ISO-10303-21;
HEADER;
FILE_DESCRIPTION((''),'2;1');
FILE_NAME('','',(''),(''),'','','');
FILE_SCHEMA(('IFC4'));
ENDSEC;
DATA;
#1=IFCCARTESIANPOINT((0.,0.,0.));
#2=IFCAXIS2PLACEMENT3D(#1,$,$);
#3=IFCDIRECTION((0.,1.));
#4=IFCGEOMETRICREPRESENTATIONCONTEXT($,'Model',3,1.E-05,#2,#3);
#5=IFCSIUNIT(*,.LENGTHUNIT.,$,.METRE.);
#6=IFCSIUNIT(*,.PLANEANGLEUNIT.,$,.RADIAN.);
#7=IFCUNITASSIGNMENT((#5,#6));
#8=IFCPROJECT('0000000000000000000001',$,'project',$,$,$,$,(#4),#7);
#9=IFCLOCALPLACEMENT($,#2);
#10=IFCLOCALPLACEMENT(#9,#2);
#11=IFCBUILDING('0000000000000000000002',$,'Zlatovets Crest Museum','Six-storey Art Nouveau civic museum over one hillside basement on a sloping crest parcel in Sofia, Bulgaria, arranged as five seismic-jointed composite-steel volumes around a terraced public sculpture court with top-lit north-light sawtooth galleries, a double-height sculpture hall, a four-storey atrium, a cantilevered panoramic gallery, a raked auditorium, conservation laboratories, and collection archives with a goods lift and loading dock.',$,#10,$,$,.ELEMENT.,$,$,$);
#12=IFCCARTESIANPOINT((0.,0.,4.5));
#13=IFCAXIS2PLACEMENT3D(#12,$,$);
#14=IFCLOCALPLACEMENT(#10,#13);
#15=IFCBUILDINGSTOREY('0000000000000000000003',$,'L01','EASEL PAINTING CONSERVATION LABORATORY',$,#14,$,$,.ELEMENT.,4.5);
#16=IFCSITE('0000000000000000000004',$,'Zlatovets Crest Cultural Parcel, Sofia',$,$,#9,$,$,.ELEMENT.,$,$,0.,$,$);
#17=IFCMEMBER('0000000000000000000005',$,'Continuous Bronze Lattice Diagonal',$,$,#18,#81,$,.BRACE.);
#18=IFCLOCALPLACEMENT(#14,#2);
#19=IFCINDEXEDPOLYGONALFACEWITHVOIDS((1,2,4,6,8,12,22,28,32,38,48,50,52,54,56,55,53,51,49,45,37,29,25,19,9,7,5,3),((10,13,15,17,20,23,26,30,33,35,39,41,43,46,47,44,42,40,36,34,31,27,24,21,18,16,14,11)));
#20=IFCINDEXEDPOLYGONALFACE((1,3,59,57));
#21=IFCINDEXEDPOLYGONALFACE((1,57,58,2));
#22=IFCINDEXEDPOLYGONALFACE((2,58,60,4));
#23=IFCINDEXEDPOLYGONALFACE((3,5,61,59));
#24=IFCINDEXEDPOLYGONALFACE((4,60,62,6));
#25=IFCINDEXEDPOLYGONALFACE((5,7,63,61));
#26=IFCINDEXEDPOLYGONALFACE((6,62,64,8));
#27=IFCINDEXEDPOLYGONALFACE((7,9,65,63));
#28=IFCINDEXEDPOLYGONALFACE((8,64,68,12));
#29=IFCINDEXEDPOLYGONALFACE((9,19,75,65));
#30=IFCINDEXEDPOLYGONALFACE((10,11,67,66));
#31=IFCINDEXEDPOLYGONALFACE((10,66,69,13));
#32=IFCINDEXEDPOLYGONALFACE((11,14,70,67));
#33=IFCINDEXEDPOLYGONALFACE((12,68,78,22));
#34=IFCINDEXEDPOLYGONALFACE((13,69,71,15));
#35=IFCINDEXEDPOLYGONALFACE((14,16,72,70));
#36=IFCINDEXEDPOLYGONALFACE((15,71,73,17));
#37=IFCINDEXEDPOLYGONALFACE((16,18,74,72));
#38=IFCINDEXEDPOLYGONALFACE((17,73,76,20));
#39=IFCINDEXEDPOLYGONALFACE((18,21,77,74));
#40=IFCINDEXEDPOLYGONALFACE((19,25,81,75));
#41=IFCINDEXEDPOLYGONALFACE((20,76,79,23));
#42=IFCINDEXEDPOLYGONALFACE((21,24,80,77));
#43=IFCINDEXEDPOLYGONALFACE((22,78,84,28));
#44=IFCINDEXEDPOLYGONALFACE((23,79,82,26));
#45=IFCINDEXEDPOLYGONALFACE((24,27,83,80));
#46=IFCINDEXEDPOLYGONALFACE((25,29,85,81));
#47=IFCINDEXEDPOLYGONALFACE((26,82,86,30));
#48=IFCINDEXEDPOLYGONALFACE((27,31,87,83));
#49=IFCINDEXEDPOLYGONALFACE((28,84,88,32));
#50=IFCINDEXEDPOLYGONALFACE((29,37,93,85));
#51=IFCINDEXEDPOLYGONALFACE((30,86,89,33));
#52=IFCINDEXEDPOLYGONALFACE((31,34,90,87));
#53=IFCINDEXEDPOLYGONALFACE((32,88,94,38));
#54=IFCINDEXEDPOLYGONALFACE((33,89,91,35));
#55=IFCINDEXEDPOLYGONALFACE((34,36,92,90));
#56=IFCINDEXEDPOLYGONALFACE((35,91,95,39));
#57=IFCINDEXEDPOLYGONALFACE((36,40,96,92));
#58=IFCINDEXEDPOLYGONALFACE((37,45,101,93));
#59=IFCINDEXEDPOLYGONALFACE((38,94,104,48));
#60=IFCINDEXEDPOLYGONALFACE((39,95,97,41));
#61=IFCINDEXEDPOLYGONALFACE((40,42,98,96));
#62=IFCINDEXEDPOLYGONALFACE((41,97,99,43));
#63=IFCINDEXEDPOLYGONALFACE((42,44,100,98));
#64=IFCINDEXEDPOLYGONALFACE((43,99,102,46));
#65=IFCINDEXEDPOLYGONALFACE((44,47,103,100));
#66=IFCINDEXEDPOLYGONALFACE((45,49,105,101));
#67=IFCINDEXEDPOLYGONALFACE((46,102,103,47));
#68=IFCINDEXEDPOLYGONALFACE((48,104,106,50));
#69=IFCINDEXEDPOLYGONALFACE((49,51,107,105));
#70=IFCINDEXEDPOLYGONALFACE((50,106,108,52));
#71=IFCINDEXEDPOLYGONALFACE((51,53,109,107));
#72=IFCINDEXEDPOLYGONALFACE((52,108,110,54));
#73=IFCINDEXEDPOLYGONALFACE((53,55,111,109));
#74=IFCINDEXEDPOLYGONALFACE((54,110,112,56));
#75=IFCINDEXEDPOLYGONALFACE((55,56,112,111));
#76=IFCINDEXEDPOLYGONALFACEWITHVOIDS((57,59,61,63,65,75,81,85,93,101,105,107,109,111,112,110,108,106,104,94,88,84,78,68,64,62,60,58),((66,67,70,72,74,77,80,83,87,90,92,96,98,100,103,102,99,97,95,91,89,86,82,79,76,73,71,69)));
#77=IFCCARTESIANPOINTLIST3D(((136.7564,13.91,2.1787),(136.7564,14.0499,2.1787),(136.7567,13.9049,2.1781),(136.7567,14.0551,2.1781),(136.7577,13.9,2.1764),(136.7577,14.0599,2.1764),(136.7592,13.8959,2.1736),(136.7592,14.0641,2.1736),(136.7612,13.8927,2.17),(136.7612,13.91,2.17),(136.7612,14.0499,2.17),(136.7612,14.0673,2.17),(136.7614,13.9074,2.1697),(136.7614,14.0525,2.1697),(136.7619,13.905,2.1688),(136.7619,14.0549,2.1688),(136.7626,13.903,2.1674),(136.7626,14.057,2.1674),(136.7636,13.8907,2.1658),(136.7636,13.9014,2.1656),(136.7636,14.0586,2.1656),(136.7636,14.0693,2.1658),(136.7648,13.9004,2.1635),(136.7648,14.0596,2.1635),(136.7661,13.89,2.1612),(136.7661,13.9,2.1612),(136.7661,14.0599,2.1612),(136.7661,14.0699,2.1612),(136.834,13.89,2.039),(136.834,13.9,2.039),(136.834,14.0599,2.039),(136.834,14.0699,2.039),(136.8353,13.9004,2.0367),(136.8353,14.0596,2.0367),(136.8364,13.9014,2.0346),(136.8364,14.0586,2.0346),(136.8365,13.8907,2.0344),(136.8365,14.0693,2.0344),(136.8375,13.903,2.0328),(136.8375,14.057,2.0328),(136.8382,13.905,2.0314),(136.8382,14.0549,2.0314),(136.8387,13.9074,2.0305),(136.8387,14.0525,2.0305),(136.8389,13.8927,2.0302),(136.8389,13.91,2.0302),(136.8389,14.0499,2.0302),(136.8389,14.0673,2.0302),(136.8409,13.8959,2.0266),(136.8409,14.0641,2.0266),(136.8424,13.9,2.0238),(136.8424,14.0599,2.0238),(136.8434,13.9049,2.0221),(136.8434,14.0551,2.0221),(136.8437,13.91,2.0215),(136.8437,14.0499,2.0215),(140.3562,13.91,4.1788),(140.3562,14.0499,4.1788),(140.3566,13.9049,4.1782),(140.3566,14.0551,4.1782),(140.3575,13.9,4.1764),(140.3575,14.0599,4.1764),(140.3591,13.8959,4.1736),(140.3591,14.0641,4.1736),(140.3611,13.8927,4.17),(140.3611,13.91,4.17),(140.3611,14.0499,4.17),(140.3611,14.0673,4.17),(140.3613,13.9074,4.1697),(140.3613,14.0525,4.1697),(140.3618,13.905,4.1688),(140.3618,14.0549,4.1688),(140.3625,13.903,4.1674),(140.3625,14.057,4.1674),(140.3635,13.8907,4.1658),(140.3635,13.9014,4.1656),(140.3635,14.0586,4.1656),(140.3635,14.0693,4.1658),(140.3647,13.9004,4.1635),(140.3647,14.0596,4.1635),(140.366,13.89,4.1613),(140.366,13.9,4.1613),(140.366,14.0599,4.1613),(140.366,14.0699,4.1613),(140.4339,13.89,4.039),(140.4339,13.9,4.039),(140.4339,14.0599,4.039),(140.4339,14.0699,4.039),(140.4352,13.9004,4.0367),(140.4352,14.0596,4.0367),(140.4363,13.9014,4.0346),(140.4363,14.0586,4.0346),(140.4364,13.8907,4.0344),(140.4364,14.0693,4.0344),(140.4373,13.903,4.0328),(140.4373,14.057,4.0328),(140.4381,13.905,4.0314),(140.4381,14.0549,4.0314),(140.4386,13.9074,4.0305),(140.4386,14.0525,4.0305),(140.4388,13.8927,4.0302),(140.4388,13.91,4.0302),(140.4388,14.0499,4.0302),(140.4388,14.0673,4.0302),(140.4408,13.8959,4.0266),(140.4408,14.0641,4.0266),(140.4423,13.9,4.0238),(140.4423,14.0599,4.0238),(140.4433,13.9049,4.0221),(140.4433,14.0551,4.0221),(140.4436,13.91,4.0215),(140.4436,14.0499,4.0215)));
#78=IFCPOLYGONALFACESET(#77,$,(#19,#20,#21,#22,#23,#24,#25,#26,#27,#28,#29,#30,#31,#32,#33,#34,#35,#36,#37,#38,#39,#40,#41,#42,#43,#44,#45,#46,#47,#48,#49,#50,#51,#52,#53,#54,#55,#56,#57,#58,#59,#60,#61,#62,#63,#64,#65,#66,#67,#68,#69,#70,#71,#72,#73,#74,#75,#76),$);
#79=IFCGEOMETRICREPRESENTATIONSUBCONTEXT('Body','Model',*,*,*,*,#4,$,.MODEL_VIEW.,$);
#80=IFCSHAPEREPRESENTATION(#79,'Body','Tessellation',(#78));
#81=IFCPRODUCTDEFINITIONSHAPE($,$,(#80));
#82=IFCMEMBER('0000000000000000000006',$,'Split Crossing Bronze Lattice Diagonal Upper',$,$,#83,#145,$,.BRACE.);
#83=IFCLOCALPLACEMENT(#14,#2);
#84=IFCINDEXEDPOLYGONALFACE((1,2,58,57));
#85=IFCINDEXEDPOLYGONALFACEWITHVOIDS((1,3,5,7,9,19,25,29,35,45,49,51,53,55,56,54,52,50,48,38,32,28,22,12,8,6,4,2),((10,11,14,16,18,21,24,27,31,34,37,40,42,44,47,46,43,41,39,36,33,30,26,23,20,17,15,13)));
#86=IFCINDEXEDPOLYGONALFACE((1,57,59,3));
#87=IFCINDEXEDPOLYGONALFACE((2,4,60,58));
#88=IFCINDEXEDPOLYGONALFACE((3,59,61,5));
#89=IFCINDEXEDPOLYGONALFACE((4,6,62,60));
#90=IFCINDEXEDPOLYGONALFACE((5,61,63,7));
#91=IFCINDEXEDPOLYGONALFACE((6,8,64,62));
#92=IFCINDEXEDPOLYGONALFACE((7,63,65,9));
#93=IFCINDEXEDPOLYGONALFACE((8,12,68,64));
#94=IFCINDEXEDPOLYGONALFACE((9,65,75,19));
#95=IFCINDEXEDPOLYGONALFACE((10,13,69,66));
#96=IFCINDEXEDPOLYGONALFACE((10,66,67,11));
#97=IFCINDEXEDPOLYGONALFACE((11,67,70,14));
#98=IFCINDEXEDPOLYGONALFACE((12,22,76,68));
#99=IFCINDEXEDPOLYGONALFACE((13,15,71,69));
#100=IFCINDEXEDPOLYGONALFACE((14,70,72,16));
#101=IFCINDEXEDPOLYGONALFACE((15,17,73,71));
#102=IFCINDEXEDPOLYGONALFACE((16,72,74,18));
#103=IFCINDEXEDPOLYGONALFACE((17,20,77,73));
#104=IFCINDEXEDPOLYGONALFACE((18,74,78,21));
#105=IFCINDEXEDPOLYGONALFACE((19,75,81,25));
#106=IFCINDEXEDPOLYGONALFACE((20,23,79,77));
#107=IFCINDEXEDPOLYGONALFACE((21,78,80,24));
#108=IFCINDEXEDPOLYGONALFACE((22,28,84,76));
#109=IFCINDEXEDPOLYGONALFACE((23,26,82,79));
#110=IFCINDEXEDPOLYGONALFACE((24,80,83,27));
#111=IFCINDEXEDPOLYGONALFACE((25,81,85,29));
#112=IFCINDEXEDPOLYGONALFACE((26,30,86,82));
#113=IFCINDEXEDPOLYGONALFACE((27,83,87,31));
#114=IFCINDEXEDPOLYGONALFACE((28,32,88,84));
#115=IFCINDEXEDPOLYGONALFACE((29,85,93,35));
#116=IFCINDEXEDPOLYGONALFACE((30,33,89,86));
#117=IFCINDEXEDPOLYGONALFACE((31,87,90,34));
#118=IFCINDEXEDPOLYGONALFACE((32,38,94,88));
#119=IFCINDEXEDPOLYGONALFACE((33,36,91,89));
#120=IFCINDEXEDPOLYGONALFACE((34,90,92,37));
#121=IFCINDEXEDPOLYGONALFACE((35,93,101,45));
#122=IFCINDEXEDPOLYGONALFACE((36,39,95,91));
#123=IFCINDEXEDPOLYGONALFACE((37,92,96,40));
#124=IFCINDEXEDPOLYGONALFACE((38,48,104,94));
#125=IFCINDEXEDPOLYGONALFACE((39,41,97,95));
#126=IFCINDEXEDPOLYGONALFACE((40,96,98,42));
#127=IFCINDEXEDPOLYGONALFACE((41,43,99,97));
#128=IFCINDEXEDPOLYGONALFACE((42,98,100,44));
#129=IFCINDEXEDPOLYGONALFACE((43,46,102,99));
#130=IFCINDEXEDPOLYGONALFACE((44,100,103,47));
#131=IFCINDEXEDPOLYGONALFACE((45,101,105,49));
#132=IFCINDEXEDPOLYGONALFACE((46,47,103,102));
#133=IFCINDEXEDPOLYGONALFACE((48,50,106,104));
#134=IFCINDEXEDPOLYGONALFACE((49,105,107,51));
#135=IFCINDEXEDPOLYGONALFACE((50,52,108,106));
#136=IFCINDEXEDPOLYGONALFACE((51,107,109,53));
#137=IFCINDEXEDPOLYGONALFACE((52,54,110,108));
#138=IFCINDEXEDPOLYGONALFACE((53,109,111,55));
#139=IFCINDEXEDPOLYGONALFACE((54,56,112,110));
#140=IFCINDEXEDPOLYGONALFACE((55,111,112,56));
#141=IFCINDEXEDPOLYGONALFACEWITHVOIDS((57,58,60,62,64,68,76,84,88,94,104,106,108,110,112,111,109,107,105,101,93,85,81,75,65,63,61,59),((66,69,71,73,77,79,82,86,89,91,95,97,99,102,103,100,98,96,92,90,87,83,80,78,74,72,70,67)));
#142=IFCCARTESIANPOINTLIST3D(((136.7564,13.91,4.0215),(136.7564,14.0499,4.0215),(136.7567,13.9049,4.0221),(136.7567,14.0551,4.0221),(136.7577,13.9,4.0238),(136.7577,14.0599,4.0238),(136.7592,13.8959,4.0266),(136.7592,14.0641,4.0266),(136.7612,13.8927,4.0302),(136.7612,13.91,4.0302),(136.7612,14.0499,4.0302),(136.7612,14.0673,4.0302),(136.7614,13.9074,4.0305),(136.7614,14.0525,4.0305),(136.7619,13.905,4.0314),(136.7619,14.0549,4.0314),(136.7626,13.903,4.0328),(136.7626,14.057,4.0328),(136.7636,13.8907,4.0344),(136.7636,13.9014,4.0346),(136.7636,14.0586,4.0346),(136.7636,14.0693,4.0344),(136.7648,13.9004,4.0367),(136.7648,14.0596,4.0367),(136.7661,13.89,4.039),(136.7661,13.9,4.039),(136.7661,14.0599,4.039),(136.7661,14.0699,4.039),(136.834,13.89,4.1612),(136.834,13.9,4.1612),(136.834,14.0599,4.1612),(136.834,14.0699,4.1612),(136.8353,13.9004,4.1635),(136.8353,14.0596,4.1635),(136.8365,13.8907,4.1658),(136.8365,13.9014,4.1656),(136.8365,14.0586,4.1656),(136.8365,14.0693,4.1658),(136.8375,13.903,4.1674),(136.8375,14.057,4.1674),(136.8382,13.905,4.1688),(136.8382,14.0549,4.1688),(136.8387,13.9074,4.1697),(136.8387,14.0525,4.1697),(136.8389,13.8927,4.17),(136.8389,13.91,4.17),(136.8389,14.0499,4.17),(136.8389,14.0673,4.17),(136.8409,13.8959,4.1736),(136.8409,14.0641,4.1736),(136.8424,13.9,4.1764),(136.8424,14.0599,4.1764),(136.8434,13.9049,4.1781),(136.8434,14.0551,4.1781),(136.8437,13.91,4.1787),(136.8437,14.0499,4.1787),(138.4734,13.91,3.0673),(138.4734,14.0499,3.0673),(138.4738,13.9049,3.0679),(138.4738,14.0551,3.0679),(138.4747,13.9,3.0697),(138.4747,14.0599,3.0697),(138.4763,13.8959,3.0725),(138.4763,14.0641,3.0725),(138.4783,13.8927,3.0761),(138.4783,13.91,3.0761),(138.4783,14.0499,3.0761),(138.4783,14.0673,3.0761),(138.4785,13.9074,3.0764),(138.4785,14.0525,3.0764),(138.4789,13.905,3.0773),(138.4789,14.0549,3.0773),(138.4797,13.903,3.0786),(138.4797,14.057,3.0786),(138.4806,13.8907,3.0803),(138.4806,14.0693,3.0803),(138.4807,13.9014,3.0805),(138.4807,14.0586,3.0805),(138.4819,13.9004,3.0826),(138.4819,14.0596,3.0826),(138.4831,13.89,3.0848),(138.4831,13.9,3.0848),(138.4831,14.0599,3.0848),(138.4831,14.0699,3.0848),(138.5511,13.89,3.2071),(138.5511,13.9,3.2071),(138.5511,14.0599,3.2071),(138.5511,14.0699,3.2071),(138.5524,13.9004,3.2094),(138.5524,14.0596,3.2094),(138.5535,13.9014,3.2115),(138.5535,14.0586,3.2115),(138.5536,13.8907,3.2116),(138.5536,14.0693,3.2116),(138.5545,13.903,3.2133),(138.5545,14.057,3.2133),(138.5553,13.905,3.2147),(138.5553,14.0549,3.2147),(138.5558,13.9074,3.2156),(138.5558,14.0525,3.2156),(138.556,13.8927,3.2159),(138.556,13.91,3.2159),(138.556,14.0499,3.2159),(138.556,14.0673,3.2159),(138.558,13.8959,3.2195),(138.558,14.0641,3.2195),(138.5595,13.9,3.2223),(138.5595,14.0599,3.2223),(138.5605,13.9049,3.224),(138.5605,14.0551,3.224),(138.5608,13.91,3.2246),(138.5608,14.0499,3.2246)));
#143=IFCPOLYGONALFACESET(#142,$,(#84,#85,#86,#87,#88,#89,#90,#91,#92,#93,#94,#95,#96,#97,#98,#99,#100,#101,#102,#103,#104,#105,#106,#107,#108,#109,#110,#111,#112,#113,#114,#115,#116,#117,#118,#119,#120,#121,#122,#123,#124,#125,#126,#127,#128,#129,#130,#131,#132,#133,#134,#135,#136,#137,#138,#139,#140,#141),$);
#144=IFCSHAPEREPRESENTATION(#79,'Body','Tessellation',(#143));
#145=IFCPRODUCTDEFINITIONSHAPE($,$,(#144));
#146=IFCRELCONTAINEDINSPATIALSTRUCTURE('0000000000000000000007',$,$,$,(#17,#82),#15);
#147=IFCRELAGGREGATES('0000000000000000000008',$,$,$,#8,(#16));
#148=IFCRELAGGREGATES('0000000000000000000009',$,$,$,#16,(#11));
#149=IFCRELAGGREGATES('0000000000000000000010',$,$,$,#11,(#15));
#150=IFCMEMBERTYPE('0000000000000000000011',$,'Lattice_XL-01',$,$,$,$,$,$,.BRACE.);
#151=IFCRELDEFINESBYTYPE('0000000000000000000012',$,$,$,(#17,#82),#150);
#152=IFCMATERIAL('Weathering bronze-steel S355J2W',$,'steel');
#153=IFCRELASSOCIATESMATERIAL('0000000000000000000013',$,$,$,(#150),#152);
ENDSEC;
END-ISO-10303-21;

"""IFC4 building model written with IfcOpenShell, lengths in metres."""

from ifc_helpers import new_model, si_unit, direction, frame, origin, origin_2d, place, context, subcontext, project, spatial, hollow_rectangle, extrude, material, material_profile, profile_set, type_object, element, save


model = new_model("IFC4")

# Units and contexts
model_context = context("Model", 3, precision=1e-05, world=origin(), true_north=direction((0.0, 1.0)))
body_context = subcontext(model_context, "Body", "Model", "MODEL_VIEW")
ifc_project = project(units=[si_unit("LENGTHUNIT", "METRE"), si_unit("PLANEANGLEUNIT", "RADIAN")], contexts=[model_context])

# Site, building, storey
site_placement = place(None, origin())
site = spatial("IfcSite", under=ifc_project, at=site_placement, Name="Zlatovets Crest Cultural Parcel, Sofia", CompositionType="ELEMENT", RefElevation=0.0)
building_placement = place(site_placement, origin())
building = spatial("IfcBuilding", under=site, at=building_placement, Name="Zlatovets Crest Museum", Description="Six-storey Art Nouveau civic museum over one hillside basement on a sloping crest parcel in Sofia, Bulgaria, arranged as five seismic-jointed composite-steel volumes around a terraced public sculpture court with top-lit north-light sawtooth galleries, a double-height sculpture hall, a four-storey atrium, a cantilevered panoramic gallery, a raked auditorium, conservation laboratories, and collection archives with a goods lift and loading dock.", CompositionType="ELEMENT")
storey_placement = place(building_placement, frame((0.0, 0.0, 4.5)))
storey = spatial("IfcBuildingStorey", under=building, at=storey_placement, Name="L01", Description="EASEL PAINTING CONSERVATION LABORATORY", CompositionType="ELEMENT", Elevation=4.5)

# Members
ifc_material_1 = material(Name="Weathering bronze-steel S355J2W", Category="steel")
ifc_material_profile_1 = material_profile(ifc_material_1, hollow_rectangle(XDim=0.1799, YDim=0.1799, WallThickness=0.01, InnerFilletRadius=0.01, OuterFilletRadius=0.02, at=origin_2d()), Name="SHS 180x180x10.0")
ifc_profile_set_1 = profile_set([ifc_material_profile_1], Name="Weathering bronze-steel S355J2W")
member_type_1 = type_object("IfcMemberType", Name="Lattice_XL-01", PredefinedType="BRACE", material=ifc_profile_set_1)
member_1_placement = place(storey_placement, frame((136.8, 13.98, 2.1001), z_axis=(0.874149, 0.0, 0.485658), x_axis=(0.0, 1.0, 0.0)))
element("IfcMember", 1, at=member_1_placement, inside=storey, type_object=member_type_1, Name="Continuous Bronze Lattice Diagonal", PredefinedType="BRACE", context=body_context, shape_type="SweptSolid", body=[
    extrude(hollow_rectangle(XDim=0.1799, YDim=0.1799, WallThickness=0.01, InnerFilletRadius=0.01, OuterFilletRadius=0.02, at=origin_2d()), origin(), (0.0, 0.0, 1.0), 4.1182),
])
member_2_placement = place(storey_placement, frame((136.8, 13.98, 4.1001), z_axis=(0.874116, 0.0, -0.485717), x_axis=(0.0, 1.0, 0.0)))
element("IfcMember", 2, at=member_2_placement, inside=storey, type_object=member_type_1, Name="Split Crossing Bronze Lattice Diagonal Upper", PredefinedType="BRACE", context=body_context, shape_type="SweptSolid", body=[
    extrude(hollow_rectangle(XDim=0.1799, YDim=0.1799, WallThickness=0.01, InnerFilletRadius=0.01, OuterFilletRadius=0.02, at=origin_2d()), origin(), (0.0, 0.0, 1.0), 1.9644),
])

save(model, "model.ifc")
